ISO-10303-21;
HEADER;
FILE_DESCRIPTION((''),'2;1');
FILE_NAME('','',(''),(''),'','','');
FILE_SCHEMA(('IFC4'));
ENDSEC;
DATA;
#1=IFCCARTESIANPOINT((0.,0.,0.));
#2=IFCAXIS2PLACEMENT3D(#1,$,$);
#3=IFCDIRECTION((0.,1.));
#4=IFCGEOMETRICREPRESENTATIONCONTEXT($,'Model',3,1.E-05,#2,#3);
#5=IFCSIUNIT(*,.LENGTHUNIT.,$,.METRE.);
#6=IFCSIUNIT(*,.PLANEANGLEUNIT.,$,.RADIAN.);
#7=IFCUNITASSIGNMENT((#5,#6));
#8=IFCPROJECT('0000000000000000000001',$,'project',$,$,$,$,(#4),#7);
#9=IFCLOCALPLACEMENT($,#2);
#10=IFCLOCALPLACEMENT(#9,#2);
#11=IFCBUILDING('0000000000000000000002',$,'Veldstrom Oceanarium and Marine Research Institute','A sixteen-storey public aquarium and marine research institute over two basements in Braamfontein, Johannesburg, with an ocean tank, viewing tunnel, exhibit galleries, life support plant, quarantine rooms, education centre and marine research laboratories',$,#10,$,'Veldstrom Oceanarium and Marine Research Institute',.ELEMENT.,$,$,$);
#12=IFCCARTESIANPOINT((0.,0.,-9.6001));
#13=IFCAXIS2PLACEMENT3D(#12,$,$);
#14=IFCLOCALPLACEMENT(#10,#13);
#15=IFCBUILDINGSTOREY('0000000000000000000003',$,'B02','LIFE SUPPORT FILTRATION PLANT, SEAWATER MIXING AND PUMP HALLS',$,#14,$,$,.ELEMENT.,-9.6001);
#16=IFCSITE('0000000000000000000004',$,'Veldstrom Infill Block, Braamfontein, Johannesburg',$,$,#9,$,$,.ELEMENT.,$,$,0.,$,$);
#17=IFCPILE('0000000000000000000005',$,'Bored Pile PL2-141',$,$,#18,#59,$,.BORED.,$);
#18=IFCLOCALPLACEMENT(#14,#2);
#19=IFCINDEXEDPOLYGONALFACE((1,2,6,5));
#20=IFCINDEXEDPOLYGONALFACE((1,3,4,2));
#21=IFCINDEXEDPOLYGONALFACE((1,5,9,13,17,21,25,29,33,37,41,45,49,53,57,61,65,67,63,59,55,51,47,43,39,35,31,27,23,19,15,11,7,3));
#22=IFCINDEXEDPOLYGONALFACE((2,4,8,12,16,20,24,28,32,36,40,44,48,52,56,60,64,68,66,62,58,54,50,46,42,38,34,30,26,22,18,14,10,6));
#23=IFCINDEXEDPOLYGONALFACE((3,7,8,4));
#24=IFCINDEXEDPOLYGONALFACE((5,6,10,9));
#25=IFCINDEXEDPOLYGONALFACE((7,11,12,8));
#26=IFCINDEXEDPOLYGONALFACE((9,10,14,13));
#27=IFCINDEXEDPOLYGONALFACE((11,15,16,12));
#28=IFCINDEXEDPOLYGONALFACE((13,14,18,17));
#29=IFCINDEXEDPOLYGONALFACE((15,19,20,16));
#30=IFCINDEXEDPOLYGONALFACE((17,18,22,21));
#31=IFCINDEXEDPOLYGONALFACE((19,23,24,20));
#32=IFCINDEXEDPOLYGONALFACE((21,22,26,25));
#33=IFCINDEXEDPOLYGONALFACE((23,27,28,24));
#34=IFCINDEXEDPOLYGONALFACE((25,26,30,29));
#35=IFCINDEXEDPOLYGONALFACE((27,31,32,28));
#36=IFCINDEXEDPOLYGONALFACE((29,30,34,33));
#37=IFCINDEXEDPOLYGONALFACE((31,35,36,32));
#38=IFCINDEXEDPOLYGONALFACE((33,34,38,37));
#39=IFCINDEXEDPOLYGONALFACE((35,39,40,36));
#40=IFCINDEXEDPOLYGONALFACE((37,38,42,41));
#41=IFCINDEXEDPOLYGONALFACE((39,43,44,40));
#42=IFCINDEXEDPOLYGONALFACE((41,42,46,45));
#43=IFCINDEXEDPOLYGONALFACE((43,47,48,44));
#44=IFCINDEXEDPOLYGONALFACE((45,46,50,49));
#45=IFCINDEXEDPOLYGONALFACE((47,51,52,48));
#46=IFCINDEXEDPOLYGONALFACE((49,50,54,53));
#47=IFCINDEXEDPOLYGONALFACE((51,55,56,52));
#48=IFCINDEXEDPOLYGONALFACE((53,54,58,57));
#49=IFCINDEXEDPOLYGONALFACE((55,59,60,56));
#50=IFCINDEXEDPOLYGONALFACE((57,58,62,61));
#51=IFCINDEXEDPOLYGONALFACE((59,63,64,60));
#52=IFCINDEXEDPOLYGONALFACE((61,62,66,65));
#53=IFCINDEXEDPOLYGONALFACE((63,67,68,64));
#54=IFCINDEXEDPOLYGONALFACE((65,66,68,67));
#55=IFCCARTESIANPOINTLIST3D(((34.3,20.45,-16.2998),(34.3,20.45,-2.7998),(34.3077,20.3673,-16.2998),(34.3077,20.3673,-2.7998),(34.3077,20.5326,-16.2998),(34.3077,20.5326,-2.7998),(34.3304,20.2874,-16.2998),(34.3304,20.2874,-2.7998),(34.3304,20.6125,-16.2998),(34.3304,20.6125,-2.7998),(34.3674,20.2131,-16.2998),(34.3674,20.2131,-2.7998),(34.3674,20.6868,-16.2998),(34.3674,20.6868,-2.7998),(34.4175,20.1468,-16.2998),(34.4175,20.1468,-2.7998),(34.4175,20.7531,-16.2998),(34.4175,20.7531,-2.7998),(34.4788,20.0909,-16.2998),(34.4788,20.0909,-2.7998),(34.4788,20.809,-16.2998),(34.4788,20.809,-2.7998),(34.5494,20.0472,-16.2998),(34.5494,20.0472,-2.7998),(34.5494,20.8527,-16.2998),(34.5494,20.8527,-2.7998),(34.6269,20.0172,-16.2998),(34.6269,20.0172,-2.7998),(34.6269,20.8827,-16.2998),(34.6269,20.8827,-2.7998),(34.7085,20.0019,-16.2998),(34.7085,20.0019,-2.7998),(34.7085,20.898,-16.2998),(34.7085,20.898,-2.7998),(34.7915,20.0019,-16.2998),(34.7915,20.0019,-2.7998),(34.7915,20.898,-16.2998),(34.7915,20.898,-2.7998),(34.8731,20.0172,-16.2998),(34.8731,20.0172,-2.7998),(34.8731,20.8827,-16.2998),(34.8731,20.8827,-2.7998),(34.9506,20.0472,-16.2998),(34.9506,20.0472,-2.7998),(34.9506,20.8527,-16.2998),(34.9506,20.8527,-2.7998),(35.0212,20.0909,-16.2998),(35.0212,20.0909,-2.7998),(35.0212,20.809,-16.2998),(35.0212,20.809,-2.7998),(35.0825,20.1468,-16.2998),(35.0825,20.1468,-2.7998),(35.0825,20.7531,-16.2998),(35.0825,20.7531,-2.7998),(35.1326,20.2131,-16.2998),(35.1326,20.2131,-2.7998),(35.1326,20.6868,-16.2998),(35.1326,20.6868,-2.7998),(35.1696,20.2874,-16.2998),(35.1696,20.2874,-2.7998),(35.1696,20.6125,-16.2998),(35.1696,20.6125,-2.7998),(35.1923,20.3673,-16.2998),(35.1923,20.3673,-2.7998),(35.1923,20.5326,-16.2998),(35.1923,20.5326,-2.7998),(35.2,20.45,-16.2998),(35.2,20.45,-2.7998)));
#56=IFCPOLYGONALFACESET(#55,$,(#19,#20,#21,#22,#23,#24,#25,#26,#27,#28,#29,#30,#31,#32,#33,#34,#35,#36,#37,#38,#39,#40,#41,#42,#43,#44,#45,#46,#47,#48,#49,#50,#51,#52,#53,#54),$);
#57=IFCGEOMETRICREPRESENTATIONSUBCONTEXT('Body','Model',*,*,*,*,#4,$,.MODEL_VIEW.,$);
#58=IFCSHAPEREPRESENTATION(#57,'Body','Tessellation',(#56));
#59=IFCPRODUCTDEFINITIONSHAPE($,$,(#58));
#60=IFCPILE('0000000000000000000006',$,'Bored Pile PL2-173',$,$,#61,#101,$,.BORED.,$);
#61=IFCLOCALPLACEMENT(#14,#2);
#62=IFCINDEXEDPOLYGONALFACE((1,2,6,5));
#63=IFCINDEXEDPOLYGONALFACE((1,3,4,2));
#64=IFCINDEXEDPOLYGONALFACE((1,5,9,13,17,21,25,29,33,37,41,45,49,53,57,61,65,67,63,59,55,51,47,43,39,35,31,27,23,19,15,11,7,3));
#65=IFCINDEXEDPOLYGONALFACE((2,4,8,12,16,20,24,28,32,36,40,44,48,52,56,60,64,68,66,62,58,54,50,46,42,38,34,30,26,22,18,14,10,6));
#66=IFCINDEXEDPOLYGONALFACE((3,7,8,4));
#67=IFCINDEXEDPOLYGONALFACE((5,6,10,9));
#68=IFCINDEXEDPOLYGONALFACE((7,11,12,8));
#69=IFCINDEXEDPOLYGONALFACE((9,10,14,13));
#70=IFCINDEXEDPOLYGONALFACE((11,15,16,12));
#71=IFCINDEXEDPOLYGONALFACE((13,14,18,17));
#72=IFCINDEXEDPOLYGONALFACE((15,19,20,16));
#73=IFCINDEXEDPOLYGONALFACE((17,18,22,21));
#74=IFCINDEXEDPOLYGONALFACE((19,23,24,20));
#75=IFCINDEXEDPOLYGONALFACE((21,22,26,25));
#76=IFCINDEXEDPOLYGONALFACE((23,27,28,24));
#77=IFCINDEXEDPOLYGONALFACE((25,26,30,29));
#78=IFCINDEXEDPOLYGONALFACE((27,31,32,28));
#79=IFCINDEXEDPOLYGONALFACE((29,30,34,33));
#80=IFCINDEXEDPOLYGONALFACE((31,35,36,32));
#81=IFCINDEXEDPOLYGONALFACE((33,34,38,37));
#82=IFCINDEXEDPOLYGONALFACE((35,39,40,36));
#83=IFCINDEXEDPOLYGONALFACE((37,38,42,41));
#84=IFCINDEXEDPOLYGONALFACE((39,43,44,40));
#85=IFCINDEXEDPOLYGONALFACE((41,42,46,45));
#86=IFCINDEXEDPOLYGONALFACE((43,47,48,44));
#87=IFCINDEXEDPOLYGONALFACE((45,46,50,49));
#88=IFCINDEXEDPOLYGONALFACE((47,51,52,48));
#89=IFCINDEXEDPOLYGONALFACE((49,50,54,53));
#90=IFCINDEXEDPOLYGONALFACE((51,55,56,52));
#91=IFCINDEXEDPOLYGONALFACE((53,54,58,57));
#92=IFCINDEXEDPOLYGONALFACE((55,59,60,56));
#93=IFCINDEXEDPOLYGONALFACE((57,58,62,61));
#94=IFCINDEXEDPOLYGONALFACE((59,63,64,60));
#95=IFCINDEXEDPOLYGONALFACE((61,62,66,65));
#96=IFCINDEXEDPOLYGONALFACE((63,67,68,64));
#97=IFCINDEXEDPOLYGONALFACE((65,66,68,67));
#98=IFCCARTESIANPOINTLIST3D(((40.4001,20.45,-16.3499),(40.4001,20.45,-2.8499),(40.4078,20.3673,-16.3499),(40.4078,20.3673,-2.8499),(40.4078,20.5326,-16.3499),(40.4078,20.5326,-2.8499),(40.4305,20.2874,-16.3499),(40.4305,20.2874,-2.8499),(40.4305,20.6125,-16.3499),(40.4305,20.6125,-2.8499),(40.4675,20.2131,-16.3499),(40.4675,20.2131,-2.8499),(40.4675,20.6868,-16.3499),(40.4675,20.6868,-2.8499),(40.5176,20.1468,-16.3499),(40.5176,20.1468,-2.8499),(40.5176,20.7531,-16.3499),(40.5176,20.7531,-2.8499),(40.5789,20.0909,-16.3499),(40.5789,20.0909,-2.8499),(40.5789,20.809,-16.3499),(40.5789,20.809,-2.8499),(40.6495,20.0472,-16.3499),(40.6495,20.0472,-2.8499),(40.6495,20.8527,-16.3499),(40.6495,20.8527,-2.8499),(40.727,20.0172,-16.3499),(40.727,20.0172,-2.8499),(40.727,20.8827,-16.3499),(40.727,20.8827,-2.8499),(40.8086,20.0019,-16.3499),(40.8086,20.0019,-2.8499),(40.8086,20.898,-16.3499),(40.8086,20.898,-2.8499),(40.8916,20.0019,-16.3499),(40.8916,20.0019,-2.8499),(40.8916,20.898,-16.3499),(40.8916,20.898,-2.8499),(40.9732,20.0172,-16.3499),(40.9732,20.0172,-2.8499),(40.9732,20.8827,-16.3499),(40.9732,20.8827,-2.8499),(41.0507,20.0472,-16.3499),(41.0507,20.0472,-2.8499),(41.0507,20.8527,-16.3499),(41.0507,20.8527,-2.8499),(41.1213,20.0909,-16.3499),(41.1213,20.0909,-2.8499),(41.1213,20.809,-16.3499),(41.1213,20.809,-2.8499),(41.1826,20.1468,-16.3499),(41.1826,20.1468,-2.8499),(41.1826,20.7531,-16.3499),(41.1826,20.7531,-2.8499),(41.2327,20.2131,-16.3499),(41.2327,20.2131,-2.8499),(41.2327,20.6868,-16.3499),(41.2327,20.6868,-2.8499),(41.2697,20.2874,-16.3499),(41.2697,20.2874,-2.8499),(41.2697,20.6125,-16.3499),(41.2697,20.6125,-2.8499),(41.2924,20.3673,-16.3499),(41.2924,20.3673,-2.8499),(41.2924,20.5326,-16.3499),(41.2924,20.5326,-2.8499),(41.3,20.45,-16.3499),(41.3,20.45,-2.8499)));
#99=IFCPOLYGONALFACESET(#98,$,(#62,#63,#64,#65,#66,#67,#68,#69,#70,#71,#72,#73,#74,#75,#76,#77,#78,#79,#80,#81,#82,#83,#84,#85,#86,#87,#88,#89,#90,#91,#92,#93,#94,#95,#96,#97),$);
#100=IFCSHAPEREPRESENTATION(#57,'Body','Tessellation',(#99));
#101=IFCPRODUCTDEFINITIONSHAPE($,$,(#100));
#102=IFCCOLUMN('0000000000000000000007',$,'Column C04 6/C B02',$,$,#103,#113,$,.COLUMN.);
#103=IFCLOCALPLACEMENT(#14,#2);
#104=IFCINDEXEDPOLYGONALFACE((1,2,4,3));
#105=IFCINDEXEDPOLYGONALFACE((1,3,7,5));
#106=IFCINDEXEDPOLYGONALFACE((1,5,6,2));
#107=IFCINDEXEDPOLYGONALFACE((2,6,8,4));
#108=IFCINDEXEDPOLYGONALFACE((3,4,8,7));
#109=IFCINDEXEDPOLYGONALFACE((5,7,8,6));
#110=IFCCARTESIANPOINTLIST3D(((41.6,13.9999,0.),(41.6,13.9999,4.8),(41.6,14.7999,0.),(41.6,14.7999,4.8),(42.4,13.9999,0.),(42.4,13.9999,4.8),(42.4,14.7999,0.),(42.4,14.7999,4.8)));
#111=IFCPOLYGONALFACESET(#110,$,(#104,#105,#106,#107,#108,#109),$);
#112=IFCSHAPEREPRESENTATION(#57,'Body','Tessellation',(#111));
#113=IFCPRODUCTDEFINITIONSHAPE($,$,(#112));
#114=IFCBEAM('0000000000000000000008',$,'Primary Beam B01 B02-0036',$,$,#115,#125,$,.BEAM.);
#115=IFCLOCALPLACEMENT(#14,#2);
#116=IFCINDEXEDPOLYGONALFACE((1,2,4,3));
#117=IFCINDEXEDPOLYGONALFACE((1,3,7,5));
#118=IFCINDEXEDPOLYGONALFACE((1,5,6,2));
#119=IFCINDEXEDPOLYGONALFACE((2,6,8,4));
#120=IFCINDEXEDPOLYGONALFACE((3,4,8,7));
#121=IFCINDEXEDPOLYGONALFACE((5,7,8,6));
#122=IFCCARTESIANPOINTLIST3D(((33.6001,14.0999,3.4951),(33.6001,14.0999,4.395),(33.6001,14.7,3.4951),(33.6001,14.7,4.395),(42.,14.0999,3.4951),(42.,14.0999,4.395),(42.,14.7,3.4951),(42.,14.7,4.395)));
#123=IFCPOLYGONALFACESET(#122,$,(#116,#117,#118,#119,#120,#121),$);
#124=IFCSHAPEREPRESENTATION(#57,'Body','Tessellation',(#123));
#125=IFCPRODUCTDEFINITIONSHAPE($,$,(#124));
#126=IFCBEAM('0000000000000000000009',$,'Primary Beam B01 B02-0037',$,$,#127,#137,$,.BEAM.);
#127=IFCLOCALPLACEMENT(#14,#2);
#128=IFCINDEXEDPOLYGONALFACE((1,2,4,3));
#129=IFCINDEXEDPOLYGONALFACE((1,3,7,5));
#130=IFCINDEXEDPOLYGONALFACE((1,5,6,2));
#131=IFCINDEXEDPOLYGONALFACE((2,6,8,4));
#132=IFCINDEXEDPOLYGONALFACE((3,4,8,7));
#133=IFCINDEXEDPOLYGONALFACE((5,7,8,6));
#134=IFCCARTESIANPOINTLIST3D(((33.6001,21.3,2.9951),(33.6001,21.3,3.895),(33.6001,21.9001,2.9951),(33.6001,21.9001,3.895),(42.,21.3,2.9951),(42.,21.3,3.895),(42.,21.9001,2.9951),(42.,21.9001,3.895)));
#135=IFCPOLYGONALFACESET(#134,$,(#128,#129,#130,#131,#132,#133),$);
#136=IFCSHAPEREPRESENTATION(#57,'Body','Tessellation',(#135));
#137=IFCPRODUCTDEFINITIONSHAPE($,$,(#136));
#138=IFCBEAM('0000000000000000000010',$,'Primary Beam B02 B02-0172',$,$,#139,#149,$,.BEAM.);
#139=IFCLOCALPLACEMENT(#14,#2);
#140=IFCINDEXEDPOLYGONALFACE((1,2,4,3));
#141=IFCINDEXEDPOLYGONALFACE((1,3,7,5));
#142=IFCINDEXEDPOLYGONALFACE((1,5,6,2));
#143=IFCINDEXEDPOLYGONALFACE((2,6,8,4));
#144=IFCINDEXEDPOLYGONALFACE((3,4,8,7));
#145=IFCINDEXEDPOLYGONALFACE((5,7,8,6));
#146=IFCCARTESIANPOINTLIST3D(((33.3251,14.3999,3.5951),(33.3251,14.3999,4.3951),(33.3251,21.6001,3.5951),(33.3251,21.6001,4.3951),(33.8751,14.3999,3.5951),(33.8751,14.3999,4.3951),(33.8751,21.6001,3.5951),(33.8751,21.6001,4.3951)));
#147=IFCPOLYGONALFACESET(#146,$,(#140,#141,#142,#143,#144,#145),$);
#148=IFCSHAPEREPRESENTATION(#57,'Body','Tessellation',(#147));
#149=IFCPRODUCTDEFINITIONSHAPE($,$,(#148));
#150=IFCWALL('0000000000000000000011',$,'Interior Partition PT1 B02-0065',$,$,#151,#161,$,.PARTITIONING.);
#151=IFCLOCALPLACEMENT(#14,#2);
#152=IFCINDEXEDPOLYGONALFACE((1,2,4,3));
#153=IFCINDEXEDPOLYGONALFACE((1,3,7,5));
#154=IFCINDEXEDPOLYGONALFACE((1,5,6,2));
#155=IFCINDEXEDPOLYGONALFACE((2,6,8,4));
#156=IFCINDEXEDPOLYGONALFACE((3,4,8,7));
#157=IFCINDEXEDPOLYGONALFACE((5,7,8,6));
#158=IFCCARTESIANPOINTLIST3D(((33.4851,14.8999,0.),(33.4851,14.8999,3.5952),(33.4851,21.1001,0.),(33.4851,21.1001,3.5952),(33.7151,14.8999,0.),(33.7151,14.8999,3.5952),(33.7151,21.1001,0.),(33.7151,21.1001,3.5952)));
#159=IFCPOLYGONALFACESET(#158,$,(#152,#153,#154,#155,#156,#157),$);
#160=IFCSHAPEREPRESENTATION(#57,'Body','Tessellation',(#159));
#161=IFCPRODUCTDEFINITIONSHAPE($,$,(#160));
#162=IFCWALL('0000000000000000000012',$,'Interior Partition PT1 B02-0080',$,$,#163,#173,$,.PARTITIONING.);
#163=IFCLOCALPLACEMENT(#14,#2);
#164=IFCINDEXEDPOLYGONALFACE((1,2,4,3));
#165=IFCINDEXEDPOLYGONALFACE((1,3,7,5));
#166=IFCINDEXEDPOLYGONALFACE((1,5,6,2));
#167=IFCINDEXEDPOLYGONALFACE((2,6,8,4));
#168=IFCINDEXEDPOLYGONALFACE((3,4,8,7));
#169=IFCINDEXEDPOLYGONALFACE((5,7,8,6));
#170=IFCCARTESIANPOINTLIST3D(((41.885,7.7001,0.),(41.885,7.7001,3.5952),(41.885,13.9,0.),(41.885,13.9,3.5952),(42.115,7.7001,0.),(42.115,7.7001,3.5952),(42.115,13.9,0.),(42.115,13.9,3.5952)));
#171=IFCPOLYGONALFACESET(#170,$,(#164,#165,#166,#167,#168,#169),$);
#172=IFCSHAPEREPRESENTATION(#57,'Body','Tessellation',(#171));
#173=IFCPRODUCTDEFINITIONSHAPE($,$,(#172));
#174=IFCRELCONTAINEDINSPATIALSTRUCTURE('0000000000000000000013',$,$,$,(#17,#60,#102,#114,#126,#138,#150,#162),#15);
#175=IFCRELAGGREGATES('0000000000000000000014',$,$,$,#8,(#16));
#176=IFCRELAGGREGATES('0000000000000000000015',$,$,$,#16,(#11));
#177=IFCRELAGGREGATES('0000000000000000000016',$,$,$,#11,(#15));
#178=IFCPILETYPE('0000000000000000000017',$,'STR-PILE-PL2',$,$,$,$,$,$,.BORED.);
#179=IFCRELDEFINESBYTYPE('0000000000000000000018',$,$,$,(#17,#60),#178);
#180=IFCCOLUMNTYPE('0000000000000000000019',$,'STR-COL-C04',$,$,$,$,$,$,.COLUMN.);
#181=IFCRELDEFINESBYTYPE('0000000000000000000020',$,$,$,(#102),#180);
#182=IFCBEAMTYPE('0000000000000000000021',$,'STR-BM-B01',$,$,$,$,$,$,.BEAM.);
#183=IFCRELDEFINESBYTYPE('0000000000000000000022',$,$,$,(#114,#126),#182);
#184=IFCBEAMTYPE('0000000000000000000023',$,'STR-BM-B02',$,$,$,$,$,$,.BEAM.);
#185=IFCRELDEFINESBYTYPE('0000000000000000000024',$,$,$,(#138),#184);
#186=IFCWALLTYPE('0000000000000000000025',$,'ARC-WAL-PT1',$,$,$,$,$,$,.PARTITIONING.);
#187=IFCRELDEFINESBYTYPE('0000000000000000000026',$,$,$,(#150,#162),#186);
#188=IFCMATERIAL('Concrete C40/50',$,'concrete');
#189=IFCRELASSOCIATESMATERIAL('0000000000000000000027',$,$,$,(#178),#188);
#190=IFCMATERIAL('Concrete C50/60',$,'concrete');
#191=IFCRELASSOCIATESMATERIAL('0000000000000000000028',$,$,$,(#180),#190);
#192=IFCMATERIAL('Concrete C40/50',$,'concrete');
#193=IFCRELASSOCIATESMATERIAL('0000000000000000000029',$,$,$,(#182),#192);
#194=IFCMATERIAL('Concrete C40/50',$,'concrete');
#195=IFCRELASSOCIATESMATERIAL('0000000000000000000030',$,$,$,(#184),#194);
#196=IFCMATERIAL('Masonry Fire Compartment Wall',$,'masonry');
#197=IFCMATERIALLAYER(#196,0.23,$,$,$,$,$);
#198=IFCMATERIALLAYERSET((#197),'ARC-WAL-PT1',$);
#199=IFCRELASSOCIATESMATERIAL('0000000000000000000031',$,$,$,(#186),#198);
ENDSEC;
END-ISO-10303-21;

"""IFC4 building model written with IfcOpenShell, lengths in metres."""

from ifc_helpers import new_model, si_unit, direction, frame, frame_2d, origin, origin_2d, place, context, subcontext, project, spatial, rectangle, circle, extrude, material, layer, layer_set, material_profile, profile_set, type_object, element, save


model = new_model("IFC4")

# Units and contexts
model_context = context("Model", 3, precision=1e-05, world=origin(), true_north=direction((0.0, 1.0)))
body_context = subcontext(model_context, "Body", "Model", "MODEL_VIEW")
ifc_project = project(units=[si_unit("LENGTHUNIT", "METRE"), si_unit("PLANEANGLEUNIT", "RADIAN")], contexts=[model_context])

# Site, building, storey
site_placement = place(None, origin())
site = spatial("IfcSite", under=ifc_project, at=site_placement, Name="Veldstrom Infill Block, Braamfontein, Johannesburg", CompositionType="ELEMENT", RefElevation=0.0)
building_placement = place(site_placement, origin())
building = spatial("IfcBuilding", under=site, at=building_placement, Name="Veldstrom Oceanarium and Marine Research Institute", Description="A sixteen-storey public aquarium and marine research institute over two basements in Braamfontein, Johannesburg, with an ocean tank, viewing tunnel, exhibit galleries, life support plant, quarantine rooms, education centre and marine research laboratories", LongName="Veldstrom Oceanarium and Marine Research Institute", CompositionType="ELEMENT")
storey_placement = place(building_placement, frame((0.0, 0.0, -9.6001)))
storey = spatial("IfcBuildingStorey", under=building, at=storey_placement, Name="B02", Description="LIFE SUPPORT FILTRATION PLANT, SEAWATER MIXING AND PUMP HALLS", CompositionType="ELEMENT", Elevation=-9.6001)

# Piles
ifc_material_1 = material(Name="Concrete C40/50", Category="concrete")
ifc_material_profile_1 = material_profile(ifc_material_1, circle(Radius=0.45, at=origin_2d()), Name="PILE-D900")
ifc_profile_set_1 = profile_set([ifc_material_profile_1], Name="Concrete C40/50")
pile_type_1 = type_object("IfcPileType", Name="STR-PILE-PL2", PredefinedType="BORED", material=ifc_profile_set_1)
for number, where, z_axis, x_axis, name in (
    (1, (34.75, 20.45, -2.7998), (0.0, 0.0, -1.0), (1.0, 0.0, 0.0), "Bored Pile PL2-141"),
    (2, (40.8501, 20.45, -2.8499), (0.0, 0.0, -1.0), (1.0, 0.0, 0.0), "Bored Pile PL2-173"),
):
    element("IfcPile", number, at=place(storey_placement, frame(where, z_axis=z_axis, x_axis=x_axis)), inside=storey, type_object=pile_type_1, Name=name, PredefinedType="BORED", context=body_context, shape_type="SweptSolid", body=[
        extrude(circle(Radius=0.45, at=origin_2d()), origin(), (0.0, 0.0, 1.0), 13.5),
    ])

# Column
ifc_material_2 = material(Name="Concrete C50/60", Category="concrete")
ifc_material_profile_2 = material_profile(ifc_material_2, rectangle(XDim=0.8, YDim=0.8, at=origin_2d()), Name="RC-COL-800x800")
ifc_profile_set_2 = profile_set([ifc_material_profile_2], Name="Concrete C50/60")
column_type = type_object("IfcColumnType", Name="STR-COL-C04", PredefinedType="COLUMN", material=ifc_profile_set_2)
column_placement = place(storey_placement, frame((42.0, 14.3999, 0.0), z_axis=(0.0, 0.0, 1.0), x_axis=(1.0, 0.0, 0.0)))
element("IfcColumn", 3, at=column_placement, inside=storey, type_object=column_type, Name="Column C04 6/C B02", PredefinedType="COLUMN", context=body_context, shape_type="SweptSolid", body=[
    extrude(rectangle(XDim=0.8, YDim=0.8, at=origin_2d()), origin(), (0.0, 0.0, 1.0), 4.8),
])

# Beams
ifc_material_3 = material(Name="Concrete C40/50", Category="concrete")
ifc_material_profile_3 = material_profile(ifc_material_3, rectangle(XDim=0.6001, YDim=0.8999, at=origin_2d()), Name="RC-BM-600x900")
ifc_profile_set_3 = profile_set([ifc_material_profile_3], Name="Concrete C40/50")
beam_type_1 = type_object("IfcBeamType", Name="STR-BM-B01", PredefinedType="BEAM", material=ifc_profile_set_3)
for number, where, z_axis, x_axis, name in (
    (4, (33.6001, 14.3999, 3.9451), (1.0, 0.0, 0.0), (0.0, 1.0, 0.0), "Primary Beam B01 B02-0036"),
    (5, (33.6001, 21.6001, 3.4451), (1.0, 0.0, 0.0), (0.0, 1.0, 0.0), "Primary Beam B01 B02-0037"),
):
    element("IfcBeam", number, at=place(storey_placement, frame(where, z_axis=z_axis, x_axis=x_axis)), inside=storey, type_object=beam_type_1, Name=name, PredefinedType="BEAM", context=body_context, shape_type="SweptSolid", body=[
        extrude(rectangle(XDim=0.6001, YDim=0.8999, at=origin_2d()), origin(), (0.0, 0.0, 1.0), 8.3999),
    ])
ifc_material_4 = material(Name="Concrete C40/50", Category="concrete")
ifc_material_profile_4 = material_profile(ifc_material_4, rectangle(XDim=0.55, YDim=0.8, at=origin_2d()), Name="RC-BM-550x800")
ifc_profile_set_4 = profile_set([ifc_material_profile_4], Name="Concrete C40/50")
beam_type_2 = type_object("IfcBeamType", Name="STR-BM-B02", PredefinedType="BEAM", material=ifc_profile_set_4)
beam_placement = place(storey_placement, frame((33.6001, 14.3999, 3.9951), z_axis=(0.0, 1.0, 0.0), x_axis=(-1.0, 0.0, 0.0)))
element("IfcBeam", 6, at=beam_placement, inside=storey, type_object=beam_type_2, Name="Primary Beam B02 B02-0172", PredefinedType="BEAM", context=body_context, shape_type="SweptSolid", body=[
    extrude(rectangle(XDim=0.55, YDim=0.8, at=origin_2d()), origin(), (0.0, 0.0, 1.0), 7.2002),
])

# Walls
ifc_material_5 = material(Name="Masonry Fire Compartment Wall", Category="masonry")
ifc_layer_1 = layer(ifc_material_5, 0.23)
ifc_layer_set_1 = layer_set([ifc_layer_1], Name="ARC-WAL-PT1")
wall_type_1 = type_object("IfcWallType", Name="ARC-WAL-PT1", PredefinedType="PARTITIONING", material=ifc_layer_set_1)
wall_1_placement = place(storey_placement, frame((33.6001, 14.8999, 0.0), z_axis=(0.0, 0.0, 1.0), x_axis=(0.0, 1.0, 0.0)))
element("IfcWall", 7, at=wall_1_placement, inside=storey, type_object=wall_type_1, Name="Interior Partition PT1 B02-0065", PredefinedType="PARTITIONING", context=body_context, shape_type="SweptSolid", body=[
    extrude(rectangle(XDim=6.2002, YDim=0.23, at=frame_2d((3.1001, 0.0))), origin(), (0.0, 0.0, 1.0), 3.5952),
])
wall_2_placement = place(storey_placement, frame((42.0, 7.7, 0.0), z_axis=(0.0, 0.0, 1.0), x_axis=(0.0, 1.0, 0.0)))
element("IfcWall", 8, at=wall_2_placement, inside=storey, type_object=wall_type_1, Name="Interior Partition PT1 B02-0080", PredefinedType="PARTITIONING", context=body_context, shape_type="SweptSolid", body=[
    extrude(rectangle(XDim=6.2, YDim=0.23, at=frame_2d((3.1001, 0.0))), origin(), (0.0, 0.0, 1.0), 3.5952),
])

save(model, "model.ifc")
